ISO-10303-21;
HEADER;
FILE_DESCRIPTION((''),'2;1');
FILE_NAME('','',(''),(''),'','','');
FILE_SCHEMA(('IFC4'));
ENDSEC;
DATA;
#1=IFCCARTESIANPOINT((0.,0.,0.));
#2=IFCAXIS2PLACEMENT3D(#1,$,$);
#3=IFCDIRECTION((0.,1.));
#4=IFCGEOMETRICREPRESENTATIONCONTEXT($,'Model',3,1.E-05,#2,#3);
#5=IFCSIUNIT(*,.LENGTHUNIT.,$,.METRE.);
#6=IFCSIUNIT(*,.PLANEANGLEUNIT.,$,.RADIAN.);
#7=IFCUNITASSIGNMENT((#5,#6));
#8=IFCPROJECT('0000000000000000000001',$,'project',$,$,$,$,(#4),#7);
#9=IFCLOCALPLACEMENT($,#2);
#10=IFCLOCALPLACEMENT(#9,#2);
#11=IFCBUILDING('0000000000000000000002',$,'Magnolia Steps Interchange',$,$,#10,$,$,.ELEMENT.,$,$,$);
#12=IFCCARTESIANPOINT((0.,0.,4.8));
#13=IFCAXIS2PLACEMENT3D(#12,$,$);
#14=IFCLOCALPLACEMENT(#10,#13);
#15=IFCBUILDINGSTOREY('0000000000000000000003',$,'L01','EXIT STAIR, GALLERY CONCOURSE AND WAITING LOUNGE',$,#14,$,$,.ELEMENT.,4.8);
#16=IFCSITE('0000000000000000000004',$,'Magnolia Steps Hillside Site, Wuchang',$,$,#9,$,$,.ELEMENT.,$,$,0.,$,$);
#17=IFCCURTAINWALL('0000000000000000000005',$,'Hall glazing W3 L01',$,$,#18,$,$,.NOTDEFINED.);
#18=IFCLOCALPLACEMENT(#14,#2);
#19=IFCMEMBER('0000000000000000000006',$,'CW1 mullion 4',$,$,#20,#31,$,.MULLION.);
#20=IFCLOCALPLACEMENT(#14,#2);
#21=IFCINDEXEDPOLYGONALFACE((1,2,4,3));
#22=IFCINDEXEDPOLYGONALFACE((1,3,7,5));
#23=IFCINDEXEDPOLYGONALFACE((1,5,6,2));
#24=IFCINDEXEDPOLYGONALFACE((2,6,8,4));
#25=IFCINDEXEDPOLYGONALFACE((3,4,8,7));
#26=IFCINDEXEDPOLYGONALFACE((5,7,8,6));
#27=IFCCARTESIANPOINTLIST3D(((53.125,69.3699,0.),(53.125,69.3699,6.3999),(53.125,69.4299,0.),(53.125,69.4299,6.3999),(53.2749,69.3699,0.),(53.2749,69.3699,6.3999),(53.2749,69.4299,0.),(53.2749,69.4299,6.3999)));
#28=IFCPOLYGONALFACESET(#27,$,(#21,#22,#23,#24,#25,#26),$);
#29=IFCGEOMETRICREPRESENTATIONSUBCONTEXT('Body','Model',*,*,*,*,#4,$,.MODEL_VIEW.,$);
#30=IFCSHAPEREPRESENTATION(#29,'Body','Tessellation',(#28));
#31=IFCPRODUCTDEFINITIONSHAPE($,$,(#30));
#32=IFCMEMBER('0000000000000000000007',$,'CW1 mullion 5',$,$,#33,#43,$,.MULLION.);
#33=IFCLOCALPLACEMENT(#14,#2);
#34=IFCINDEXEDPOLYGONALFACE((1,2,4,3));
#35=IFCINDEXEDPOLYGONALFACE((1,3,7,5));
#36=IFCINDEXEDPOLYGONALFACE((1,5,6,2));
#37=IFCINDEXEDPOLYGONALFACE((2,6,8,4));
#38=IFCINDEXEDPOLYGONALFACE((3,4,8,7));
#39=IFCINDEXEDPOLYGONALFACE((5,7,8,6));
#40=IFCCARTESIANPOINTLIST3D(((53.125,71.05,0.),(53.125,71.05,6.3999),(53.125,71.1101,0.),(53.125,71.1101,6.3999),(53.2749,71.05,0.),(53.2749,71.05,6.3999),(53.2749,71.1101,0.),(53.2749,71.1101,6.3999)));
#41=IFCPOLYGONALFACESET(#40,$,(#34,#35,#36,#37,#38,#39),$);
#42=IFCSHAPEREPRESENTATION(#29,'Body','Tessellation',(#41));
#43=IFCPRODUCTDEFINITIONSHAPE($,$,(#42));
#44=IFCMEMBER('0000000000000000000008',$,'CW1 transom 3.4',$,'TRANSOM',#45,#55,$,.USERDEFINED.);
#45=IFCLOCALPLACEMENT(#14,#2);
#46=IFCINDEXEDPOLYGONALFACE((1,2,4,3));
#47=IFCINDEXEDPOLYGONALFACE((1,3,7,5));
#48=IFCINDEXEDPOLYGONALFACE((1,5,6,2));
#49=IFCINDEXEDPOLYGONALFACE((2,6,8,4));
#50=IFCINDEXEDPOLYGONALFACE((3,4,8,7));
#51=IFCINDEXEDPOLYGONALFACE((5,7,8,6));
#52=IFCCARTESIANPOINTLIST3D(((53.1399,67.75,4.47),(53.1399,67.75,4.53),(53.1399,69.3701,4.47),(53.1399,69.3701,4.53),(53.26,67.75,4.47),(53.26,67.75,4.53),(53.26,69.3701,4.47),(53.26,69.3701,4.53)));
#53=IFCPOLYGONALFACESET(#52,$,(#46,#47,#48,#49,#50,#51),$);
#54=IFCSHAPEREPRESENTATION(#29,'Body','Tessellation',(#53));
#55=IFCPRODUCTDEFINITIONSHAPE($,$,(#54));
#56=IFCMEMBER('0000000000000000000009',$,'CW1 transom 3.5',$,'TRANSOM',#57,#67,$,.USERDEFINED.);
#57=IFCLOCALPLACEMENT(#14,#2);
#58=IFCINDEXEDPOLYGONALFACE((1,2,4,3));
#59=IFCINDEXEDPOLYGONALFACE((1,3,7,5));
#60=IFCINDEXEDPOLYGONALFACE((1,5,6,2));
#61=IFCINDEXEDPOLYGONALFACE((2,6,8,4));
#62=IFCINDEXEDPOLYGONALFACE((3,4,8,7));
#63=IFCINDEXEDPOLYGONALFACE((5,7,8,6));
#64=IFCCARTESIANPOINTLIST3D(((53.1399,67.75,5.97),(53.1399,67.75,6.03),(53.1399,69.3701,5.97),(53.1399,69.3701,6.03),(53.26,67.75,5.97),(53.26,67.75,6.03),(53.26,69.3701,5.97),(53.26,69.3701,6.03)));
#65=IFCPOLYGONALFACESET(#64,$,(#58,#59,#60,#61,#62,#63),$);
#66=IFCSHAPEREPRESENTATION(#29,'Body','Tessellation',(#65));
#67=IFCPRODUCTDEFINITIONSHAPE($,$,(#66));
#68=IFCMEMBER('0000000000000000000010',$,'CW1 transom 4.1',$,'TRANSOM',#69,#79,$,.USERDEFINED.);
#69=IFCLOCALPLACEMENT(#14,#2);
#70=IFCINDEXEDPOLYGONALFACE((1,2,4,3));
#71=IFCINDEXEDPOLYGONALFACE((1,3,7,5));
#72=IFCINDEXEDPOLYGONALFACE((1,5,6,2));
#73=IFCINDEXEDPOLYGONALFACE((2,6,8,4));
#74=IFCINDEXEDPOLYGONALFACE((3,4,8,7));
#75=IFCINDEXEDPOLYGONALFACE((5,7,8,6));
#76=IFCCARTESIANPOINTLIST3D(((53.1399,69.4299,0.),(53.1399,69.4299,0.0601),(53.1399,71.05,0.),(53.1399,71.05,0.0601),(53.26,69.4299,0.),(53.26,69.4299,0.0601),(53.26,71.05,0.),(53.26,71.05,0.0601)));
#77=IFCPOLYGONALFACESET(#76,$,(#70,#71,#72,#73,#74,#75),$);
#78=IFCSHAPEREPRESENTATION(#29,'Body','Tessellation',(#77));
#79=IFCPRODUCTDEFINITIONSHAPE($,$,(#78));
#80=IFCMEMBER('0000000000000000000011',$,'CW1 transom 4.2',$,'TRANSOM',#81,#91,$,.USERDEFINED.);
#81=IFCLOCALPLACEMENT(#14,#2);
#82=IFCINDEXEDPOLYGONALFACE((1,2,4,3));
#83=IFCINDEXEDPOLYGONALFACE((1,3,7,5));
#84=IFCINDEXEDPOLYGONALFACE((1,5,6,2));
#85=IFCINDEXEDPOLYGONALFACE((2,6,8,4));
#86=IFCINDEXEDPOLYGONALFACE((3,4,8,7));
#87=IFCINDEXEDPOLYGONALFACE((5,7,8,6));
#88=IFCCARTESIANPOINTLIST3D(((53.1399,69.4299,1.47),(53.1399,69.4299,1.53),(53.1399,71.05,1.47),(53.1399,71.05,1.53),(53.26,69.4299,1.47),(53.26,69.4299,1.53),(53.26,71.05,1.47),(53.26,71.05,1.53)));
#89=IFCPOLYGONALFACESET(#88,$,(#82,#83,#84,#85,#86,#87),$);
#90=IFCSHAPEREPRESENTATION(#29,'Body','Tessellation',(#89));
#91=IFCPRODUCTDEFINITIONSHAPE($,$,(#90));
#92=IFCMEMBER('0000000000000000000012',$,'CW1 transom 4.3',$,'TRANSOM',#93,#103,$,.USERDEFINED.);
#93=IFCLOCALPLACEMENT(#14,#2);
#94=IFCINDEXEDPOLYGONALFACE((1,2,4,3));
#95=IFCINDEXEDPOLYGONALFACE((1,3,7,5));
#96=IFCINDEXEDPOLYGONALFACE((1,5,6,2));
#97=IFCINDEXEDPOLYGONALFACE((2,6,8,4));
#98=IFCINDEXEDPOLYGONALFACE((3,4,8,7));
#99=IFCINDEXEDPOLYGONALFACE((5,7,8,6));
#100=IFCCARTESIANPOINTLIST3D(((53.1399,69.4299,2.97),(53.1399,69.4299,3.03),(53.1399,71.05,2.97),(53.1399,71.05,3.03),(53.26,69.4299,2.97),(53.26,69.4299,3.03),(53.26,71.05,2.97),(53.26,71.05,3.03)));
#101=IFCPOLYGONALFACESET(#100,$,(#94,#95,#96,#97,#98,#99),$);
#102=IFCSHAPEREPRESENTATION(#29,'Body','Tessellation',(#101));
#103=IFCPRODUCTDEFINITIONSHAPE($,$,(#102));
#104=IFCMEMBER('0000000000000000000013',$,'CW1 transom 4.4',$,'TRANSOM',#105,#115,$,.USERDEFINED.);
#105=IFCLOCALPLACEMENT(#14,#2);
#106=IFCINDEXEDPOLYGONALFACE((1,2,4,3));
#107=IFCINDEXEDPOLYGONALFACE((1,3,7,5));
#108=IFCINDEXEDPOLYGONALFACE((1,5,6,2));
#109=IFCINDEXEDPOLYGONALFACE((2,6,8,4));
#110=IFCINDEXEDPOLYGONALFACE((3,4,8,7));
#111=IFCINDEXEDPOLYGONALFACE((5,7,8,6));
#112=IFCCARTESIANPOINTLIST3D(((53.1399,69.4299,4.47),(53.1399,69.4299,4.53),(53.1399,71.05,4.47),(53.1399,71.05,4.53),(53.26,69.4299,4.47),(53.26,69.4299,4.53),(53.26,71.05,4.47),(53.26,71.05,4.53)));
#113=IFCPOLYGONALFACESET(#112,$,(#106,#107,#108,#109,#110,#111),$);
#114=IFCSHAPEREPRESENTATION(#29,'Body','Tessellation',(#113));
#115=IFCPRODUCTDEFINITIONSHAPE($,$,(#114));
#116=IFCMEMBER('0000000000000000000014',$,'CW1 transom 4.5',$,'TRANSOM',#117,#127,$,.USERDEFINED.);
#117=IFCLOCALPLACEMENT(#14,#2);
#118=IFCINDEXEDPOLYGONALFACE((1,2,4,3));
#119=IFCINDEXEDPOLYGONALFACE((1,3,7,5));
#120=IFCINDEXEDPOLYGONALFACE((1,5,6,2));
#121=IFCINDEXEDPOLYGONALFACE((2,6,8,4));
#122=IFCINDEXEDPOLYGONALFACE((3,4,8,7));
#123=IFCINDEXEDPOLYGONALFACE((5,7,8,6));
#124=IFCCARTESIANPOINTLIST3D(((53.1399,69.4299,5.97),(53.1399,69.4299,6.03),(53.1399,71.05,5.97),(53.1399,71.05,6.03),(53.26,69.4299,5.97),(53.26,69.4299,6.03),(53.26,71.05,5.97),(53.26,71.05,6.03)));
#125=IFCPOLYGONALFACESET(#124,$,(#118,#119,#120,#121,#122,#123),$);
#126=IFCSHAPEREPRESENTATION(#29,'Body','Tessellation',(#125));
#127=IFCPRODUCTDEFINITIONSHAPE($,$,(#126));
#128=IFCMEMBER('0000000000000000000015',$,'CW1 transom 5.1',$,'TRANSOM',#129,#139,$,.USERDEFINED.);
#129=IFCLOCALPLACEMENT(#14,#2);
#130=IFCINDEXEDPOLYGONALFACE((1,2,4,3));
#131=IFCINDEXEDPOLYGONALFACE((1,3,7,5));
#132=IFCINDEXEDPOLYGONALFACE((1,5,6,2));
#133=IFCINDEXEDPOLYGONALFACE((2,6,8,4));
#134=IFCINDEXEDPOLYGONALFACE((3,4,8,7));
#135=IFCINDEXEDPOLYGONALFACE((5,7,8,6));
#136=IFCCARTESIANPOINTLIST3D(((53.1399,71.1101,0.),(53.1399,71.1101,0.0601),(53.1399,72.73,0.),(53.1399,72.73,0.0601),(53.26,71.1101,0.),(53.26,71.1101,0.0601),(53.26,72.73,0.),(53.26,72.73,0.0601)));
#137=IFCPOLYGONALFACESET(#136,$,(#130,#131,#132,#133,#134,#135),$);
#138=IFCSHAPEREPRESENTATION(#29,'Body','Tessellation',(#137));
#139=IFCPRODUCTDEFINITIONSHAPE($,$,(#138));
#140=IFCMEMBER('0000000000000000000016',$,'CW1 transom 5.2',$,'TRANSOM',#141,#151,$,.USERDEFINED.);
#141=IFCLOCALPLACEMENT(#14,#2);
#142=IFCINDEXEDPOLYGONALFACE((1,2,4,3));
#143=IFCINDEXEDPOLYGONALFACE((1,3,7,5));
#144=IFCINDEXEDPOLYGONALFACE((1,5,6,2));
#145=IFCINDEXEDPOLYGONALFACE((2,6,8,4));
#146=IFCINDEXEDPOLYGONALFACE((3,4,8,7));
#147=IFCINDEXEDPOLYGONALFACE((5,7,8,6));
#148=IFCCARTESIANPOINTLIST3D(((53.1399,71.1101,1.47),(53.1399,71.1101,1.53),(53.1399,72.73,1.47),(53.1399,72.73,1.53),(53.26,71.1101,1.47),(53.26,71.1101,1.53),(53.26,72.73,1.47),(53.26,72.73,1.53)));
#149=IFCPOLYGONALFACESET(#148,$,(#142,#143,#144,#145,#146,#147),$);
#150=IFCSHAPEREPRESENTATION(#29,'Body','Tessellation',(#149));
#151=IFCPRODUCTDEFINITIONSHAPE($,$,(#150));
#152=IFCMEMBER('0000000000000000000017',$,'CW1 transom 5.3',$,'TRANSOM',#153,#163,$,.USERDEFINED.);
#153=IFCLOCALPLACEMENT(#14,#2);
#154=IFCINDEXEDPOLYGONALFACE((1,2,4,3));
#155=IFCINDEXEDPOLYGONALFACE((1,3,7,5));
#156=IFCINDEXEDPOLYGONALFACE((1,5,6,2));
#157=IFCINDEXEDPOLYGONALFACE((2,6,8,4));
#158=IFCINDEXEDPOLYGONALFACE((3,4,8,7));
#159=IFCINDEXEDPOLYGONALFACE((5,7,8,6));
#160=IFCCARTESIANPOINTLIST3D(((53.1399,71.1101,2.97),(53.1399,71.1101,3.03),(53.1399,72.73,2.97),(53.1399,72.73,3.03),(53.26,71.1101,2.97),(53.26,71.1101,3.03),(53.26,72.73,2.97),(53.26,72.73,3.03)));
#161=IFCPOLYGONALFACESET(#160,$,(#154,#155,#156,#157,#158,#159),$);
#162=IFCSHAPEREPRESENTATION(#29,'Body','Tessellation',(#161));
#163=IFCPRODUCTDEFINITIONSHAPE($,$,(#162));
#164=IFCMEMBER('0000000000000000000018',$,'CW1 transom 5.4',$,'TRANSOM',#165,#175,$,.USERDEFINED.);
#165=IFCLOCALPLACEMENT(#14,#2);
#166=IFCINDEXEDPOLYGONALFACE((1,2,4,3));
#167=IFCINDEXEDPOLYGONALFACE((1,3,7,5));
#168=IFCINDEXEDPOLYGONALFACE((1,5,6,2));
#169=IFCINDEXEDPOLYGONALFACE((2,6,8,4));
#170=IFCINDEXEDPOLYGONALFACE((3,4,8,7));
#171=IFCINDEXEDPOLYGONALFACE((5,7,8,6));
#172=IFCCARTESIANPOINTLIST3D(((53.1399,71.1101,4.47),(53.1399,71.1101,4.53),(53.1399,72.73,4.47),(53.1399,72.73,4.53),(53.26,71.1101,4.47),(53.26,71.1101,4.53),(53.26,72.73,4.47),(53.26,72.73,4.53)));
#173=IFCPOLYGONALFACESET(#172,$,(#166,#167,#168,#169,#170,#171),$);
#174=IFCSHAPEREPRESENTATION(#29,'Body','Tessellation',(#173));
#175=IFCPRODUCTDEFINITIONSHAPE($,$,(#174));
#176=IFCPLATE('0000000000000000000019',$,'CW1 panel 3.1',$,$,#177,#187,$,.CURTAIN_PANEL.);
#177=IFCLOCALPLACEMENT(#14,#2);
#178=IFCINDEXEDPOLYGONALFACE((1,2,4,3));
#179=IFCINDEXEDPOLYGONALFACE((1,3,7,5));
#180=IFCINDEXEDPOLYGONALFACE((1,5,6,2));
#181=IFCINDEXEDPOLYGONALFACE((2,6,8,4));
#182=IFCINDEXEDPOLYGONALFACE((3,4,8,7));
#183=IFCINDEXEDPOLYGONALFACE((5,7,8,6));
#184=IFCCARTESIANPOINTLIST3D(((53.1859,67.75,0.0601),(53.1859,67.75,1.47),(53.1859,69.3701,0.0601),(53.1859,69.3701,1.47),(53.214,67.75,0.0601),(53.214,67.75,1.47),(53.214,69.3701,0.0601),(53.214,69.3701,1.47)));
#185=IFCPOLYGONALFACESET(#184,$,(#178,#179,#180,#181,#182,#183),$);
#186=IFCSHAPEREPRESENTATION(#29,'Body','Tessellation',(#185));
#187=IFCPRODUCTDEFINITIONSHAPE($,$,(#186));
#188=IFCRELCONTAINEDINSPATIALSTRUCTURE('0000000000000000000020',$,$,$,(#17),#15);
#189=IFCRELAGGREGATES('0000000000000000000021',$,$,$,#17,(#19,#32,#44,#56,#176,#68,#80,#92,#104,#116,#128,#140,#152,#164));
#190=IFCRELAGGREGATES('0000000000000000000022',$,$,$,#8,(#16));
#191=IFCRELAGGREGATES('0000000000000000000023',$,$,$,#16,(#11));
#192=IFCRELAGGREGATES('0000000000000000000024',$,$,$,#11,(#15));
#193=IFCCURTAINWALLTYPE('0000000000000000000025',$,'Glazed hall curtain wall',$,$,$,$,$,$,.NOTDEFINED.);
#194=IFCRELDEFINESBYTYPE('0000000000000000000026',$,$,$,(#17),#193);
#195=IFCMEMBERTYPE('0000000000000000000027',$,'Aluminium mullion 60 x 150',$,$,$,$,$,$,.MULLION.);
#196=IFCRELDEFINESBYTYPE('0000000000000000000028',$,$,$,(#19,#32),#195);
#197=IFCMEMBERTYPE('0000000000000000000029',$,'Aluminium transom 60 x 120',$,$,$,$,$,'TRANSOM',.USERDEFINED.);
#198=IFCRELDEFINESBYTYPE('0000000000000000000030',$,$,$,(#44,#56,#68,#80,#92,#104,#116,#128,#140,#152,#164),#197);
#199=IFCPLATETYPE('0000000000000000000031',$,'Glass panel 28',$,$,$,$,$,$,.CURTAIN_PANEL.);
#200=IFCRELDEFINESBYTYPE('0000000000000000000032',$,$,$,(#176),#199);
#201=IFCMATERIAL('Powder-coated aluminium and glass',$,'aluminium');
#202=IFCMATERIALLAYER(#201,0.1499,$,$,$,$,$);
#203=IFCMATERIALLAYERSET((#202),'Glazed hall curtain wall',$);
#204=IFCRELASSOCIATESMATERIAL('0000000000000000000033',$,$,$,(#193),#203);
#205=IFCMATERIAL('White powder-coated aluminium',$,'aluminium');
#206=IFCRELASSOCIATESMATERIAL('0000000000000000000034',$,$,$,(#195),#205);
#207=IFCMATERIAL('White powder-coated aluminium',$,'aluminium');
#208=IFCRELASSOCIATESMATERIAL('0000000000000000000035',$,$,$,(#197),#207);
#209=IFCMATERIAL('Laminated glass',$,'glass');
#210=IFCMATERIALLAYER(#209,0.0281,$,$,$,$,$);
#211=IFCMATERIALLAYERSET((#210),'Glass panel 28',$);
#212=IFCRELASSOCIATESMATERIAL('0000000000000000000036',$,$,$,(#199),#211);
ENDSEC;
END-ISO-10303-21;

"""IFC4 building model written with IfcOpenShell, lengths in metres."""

from ifc_helpers import new_model, si_unit, direction, frame, origin, origin_2d, place, context, subcontext, project, spatial, rectangle, extrude, material, layer, layer_set, material_profile, profile_set, type_object, element, aggregate, save


model = new_model("IFC4")

# Units and contexts
model_context = context("Model", 3, precision=1e-05, world=origin(), true_north=direction((0.0, 1.0)))
body_context = subcontext(model_context, "Body", "Model", "MODEL_VIEW")
ifc_project = project(units=[si_unit("LENGTHUNIT", "METRE"), si_unit("PLANEANGLEUNIT", "RADIAN")], contexts=[model_context])

# Site, building, storey
site_placement = place(None, origin())
site = spatial("IfcSite", under=ifc_project, at=site_placement, Name="Magnolia Steps Hillside Site, Wuchang", CompositionType="ELEMENT", RefElevation=0.0)
building_placement = place(site_placement, origin())
building = spatial("IfcBuilding", under=site, at=building_placement, Name="Magnolia Steps Interchange", CompositionType="ELEMENT")
storey_placement = place(building_placement, frame((0.0, 0.0, 4.8)))
storey = spatial("IfcBuildingStorey", under=building, at=storey_placement, Name="L01", Description="EXIT STAIR, GALLERY CONCOURSE AND WAITING LOUNGE", CompositionType="ELEMENT", Elevation=4.8)

# Curtain wall, members, plate
ifc_material_1 = material(Name="Powder-coated aluminium and glass", Category="aluminium")
ifc_layer_1 = layer(ifc_material_1, 0.1499)
ifc_layer_set_1 = layer_set([ifc_layer_1], Name="Glazed hall curtain wall")
curtain_wall_type = type_object("IfcCurtainWallType", Name="Glazed hall curtain wall", PredefinedType="NOTDEFINED", material=ifc_layer_set_1)
curtain_wall_placement = place(storey_placement, origin())
curtain_wall = element("IfcCurtainWall", 1, at=curtain_wall_placement, inside=storey, type_object=curtain_wall_type, Name="Hall glazing W3 L01", PredefinedType="NOTDEFINED")
ifc_material_2 = material(Name="White powder-coated aluminium", Category="aluminium")
ifc_material_profile_1 = material_profile(ifc_material_2, rectangle(XDim=0.0601, YDim=0.1499, at=origin_2d()), Name="Aluminium mullion 60 x 150")
ifc_profile_set_1 = profile_set([ifc_material_profile_1], Name="White powder-coated aluminium")
member_type_1 = type_object("IfcMemberType", Name="Aluminium mullion 60 x 150", PredefinedType="MULLION", material=ifc_profile_set_1)
member_1_placement = place(storey_placement, frame((53.2, 69.3999, 0.0), z_axis=(0.0, 0.0, 1.0), x_axis=(0.0, 1.0, 0.0)))
member_1 = element("IfcMember", 2, at=member_1_placement, type_object=member_type_1, Name="CW1 mullion 4", PredefinedType="MULLION", context=body_context, shape_type="SweptSolid", body=[
    extrude(rectangle(XDim=0.0601, YDim=0.1499, at=origin_2d()), origin(), (0.0, 0.0, 1.0), 6.3999),
])
member_2_placement = place(storey_placement, frame((53.2, 71.0801, 0.0), z_axis=(0.0, 0.0, 1.0), x_axis=(0.0, 1.0, 0.0)))
member_2 = element("IfcMember", 3, at=member_2_placement, type_object=member_type_1, Name="CW1 mullion 5", PredefinedType="MULLION", context=body_context, shape_type="SweptSolid", body=[
    extrude(rectangle(XDim=0.0601, YDim=0.1499, at=origin_2d()), origin(), (0.0, 0.0, 1.0), 6.3999),
])
ifc_material_3 = material(Name="White powder-coated aluminium", Category="aluminium")
ifc_material_profile_2 = material_profile(ifc_material_3, rectangle(XDim=0.0601, YDim=0.1201, at=origin_2d()), Name="Aluminium transom 60 x 120")
ifc_profile_set_2 = profile_set([ifc_material_profile_2], Name="White powder-coated aluminium")
member_type_2 = type_object("IfcMemberType", Name="Aluminium transom 60 x 120", ElementType="TRANSOM", PredefinedType="USERDEFINED", material=ifc_profile_set_2)
member_3_placement = place(storey_placement, frame((53.2, 67.75, 4.5), z_axis=(0.0, 1.0, 0.0), x_axis=(0.0, 0.0, 1.0)))
member_3 = element("IfcMember", 4, at=member_3_placement, type_object=member_type_2, Name="CW1 transom 3.4", ObjectType="TRANSOM", PredefinedType="USERDEFINED", context=body_context, shape_type="SweptSolid", body=[
    extrude(rectangle(XDim=0.0601, YDim=0.1201, at=origin_2d()), origin(), (0.0, 0.0, 1.0), 1.6201),
])
member_4_placement = place(storey_placement, frame((53.2, 67.75, 6.0), z_axis=(0.0, 1.0, 0.0), x_axis=(0.0, 0.0, 1.0)))
member_4 = element("IfcMember", 5, at=member_4_placement, type_object=member_type_2, Name="CW1 transom 3.5", ObjectType="TRANSOM", PredefinedType="USERDEFINED", context=body_context, shape_type="SweptSolid", body=[
    extrude(rectangle(XDim=0.0601, YDim=0.1201, at=origin_2d()), origin(), (0.0, 0.0, 1.0), 1.6201),
])
member_5_placement = place(storey_placement, frame((53.2, 69.4299, 0.03), z_axis=(0.0, 1.0, 0.0), x_axis=(0.0, 0.0, 1.0)))
member_5 = element("IfcMember", 6, at=member_5_placement, type_object=member_type_2, Name="CW1 transom 4.1", ObjectType="TRANSOM", PredefinedType="USERDEFINED", context=body_context, shape_type="SweptSolid", body=[
    extrude(rectangle(XDim=0.0601, YDim=0.1201, at=origin_2d()), origin(), (0.0, 0.0, 1.0), 1.6201),
])
member_6_placement = place(storey_placement, frame((53.2, 69.4299, 1.5), z_axis=(0.0, 1.0, 0.0), x_axis=(0.0, 0.0, 1.0)))
member_6 = element("IfcMember", 7, at=member_6_placement, type_object=member_type_2, Name="CW1 transom 4.2", ObjectType="TRANSOM", PredefinedType="USERDEFINED", context=body_context, shape_type="SweptSolid", body=[
    extrude(rectangle(XDim=0.0601, YDim=0.1201, at=origin_2d()), origin(), (0.0, 0.0, 1.0), 1.6201),
])
member_7_placement = place(storey_placement, frame((53.2, 69.4299, 3.0), z_axis=(0.0, 1.0, 0.0), x_axis=(0.0, 0.0, 1.0)))
member_7 = element("IfcMember", 8, at=member_7_placement, type_object=member_type_2, Name="CW1 transom 4.3", ObjectType="TRANSOM", PredefinedType="USERDEFINED", context=body_context, shape_type="SweptSolid", body=[
    extrude(rectangle(XDim=0.0601, YDim=0.1201, at=origin_2d()), origin(), (0.0, 0.0, 1.0), 1.6201),
])
member_8_placement = place(storey_placement, frame((53.2, 69.4299, 4.5), z_axis=(0.0, 1.0, 0.0), x_axis=(0.0, 0.0, 1.0)))
member_8 = element("IfcMember", 9, at=member_8_placement, type_object=member_type_2, Name="CW1 transom 4.4", ObjectType="TRANSOM", PredefinedType="USERDEFINED", context=body_context, shape_type="SweptSolid", body=[
    extrude(rectangle(XDim=0.0601, YDim=0.1201, at=origin_2d()), origin(), (0.0, 0.0, 1.0), 1.6201),
])
member_9_placement = place(storey_placement, frame((53.2, 69.4299, 6.0), z_axis=(0.0, 1.0, 0.0), x_axis=(0.0, 0.0, 1.0)))
member_9 = element("IfcMember", 10, at=member_9_placement, type_object=member_type_2, Name="CW1 transom 4.5", ObjectType="TRANSOM", PredefinedType="USERDEFINED", context=body_context, shape_type="SweptSolid", body=[
    extrude(rectangle(XDim=0.0601, YDim=0.1201, at=origin_2d()), origin(), (0.0, 0.0, 1.0), 1.6201),
])
member_10_placement = place(storey_placement, frame((53.2, 71.1101, 0.03), z_axis=(0.0, 1.0, 0.0), x_axis=(0.0, 0.0, 1.0)))
member_10 = element("IfcMember", 11, at=member_10_placement, type_object=member_type_2, Name="CW1 transom 5.1", ObjectType="TRANSOM", PredefinedType="USERDEFINED", context=body_context, shape_type="SweptSolid", body=[
    extrude(rectangle(XDim=0.0601, YDim=0.1201, at=origin_2d()), origin(), (0.0, 0.0, 1.0), 1.6199),
])
member_11_placement = place(storey_placement, frame((53.2, 71.1101, 1.5), z_axis=(0.0, 1.0, 0.0), x_axis=(0.0, 0.0, 1.0)))
member_11 = element("IfcMember", 12, at=member_11_placement, type_object=member_type_2, Name="CW1 transom 5.2", ObjectType="TRANSOM", PredefinedType="USERDEFINED", context=body_context, shape_type="SweptSolid", body=[
    extrude(rectangle(XDim=0.0601, YDim=0.1201, at=origin_2d()), origin(), (0.0, 0.0, 1.0), 1.6199),
])
member_12_placement = place(storey_placement, frame((53.2, 71.1101, 3.0), z_axis=(0.0, 1.0, 0.0), x_axis=(0.0, 0.0, 1.0)))
member_12 = element("IfcMember", 13, at=member_12_placement, type_object=member_type_2, Name="CW1 transom 5.3", ObjectType="TRANSOM", PredefinedType="USERDEFINED", context=body_context, shape_type="SweptSolid", body=[
    extrude(rectangle(XDim=0.0601, YDim=0.1201, at=origin_2d()), origin(), (0.0, 0.0, 1.0), 1.6199),
])
member_13_placement = place(storey_placement, frame((53.2, 71.1101, 4.5), z_axis=(0.0, 1.0, 0.0), x_axis=(0.0, 0.0, 1.0)))
member_13 = element("IfcMember", 14, at=member_13_placement, type_object=member_type_2, Name="CW1 transom 5.4", ObjectType="TRANSOM", PredefinedType="USERDEFINED", context=body_context, shape_type="SweptSolid", body=[
    extrude(rectangle(XDim=0.0601, YDim=0.1201, at=origin_2d()), origin(), (0.0, 0.0, 1.0), 1.6199),
])
ifc_material_4 = material(Name="Laminated glass", Category="glass")
ifc_layer_2 = layer(ifc_material_4, 0.0281)
ifc_layer_set_2 = layer_set([ifc_layer_2], Name="Glass panel 28")
plate_type = type_object("IfcPlateType", Name="Glass panel 28", PredefinedType="CURTAIN_PANEL", material=ifc_layer_set_2)
plate_1_placement = place(storey_placement, frame((53.2, 68.5601, 0.0601), z_axis=(0.0, 0.0, 1.0), x_axis=(0.0, 1.0, 0.0)))
plate_1 = element("IfcPlate", 15, at=plate_1_placement, type_object=plate_type, Name="CW1 panel 3.1", PredefinedType="CURTAIN_PANEL", context=body_context, shape_type="SweptSolid", body=[
    extrude(rectangle(XDim=1.6201, YDim=0.0281, at=origin_2d()), origin(), (0.0, 0.0, 1.0), 1.4099),
])
aggregate(curtain_wall, [member_1, member_2, member_3, member_4, plate_1, member_5, member_6, member_7, member_8, member_9, member_10, member_11, member_12, member_13])

save(model, "model.ifc")
